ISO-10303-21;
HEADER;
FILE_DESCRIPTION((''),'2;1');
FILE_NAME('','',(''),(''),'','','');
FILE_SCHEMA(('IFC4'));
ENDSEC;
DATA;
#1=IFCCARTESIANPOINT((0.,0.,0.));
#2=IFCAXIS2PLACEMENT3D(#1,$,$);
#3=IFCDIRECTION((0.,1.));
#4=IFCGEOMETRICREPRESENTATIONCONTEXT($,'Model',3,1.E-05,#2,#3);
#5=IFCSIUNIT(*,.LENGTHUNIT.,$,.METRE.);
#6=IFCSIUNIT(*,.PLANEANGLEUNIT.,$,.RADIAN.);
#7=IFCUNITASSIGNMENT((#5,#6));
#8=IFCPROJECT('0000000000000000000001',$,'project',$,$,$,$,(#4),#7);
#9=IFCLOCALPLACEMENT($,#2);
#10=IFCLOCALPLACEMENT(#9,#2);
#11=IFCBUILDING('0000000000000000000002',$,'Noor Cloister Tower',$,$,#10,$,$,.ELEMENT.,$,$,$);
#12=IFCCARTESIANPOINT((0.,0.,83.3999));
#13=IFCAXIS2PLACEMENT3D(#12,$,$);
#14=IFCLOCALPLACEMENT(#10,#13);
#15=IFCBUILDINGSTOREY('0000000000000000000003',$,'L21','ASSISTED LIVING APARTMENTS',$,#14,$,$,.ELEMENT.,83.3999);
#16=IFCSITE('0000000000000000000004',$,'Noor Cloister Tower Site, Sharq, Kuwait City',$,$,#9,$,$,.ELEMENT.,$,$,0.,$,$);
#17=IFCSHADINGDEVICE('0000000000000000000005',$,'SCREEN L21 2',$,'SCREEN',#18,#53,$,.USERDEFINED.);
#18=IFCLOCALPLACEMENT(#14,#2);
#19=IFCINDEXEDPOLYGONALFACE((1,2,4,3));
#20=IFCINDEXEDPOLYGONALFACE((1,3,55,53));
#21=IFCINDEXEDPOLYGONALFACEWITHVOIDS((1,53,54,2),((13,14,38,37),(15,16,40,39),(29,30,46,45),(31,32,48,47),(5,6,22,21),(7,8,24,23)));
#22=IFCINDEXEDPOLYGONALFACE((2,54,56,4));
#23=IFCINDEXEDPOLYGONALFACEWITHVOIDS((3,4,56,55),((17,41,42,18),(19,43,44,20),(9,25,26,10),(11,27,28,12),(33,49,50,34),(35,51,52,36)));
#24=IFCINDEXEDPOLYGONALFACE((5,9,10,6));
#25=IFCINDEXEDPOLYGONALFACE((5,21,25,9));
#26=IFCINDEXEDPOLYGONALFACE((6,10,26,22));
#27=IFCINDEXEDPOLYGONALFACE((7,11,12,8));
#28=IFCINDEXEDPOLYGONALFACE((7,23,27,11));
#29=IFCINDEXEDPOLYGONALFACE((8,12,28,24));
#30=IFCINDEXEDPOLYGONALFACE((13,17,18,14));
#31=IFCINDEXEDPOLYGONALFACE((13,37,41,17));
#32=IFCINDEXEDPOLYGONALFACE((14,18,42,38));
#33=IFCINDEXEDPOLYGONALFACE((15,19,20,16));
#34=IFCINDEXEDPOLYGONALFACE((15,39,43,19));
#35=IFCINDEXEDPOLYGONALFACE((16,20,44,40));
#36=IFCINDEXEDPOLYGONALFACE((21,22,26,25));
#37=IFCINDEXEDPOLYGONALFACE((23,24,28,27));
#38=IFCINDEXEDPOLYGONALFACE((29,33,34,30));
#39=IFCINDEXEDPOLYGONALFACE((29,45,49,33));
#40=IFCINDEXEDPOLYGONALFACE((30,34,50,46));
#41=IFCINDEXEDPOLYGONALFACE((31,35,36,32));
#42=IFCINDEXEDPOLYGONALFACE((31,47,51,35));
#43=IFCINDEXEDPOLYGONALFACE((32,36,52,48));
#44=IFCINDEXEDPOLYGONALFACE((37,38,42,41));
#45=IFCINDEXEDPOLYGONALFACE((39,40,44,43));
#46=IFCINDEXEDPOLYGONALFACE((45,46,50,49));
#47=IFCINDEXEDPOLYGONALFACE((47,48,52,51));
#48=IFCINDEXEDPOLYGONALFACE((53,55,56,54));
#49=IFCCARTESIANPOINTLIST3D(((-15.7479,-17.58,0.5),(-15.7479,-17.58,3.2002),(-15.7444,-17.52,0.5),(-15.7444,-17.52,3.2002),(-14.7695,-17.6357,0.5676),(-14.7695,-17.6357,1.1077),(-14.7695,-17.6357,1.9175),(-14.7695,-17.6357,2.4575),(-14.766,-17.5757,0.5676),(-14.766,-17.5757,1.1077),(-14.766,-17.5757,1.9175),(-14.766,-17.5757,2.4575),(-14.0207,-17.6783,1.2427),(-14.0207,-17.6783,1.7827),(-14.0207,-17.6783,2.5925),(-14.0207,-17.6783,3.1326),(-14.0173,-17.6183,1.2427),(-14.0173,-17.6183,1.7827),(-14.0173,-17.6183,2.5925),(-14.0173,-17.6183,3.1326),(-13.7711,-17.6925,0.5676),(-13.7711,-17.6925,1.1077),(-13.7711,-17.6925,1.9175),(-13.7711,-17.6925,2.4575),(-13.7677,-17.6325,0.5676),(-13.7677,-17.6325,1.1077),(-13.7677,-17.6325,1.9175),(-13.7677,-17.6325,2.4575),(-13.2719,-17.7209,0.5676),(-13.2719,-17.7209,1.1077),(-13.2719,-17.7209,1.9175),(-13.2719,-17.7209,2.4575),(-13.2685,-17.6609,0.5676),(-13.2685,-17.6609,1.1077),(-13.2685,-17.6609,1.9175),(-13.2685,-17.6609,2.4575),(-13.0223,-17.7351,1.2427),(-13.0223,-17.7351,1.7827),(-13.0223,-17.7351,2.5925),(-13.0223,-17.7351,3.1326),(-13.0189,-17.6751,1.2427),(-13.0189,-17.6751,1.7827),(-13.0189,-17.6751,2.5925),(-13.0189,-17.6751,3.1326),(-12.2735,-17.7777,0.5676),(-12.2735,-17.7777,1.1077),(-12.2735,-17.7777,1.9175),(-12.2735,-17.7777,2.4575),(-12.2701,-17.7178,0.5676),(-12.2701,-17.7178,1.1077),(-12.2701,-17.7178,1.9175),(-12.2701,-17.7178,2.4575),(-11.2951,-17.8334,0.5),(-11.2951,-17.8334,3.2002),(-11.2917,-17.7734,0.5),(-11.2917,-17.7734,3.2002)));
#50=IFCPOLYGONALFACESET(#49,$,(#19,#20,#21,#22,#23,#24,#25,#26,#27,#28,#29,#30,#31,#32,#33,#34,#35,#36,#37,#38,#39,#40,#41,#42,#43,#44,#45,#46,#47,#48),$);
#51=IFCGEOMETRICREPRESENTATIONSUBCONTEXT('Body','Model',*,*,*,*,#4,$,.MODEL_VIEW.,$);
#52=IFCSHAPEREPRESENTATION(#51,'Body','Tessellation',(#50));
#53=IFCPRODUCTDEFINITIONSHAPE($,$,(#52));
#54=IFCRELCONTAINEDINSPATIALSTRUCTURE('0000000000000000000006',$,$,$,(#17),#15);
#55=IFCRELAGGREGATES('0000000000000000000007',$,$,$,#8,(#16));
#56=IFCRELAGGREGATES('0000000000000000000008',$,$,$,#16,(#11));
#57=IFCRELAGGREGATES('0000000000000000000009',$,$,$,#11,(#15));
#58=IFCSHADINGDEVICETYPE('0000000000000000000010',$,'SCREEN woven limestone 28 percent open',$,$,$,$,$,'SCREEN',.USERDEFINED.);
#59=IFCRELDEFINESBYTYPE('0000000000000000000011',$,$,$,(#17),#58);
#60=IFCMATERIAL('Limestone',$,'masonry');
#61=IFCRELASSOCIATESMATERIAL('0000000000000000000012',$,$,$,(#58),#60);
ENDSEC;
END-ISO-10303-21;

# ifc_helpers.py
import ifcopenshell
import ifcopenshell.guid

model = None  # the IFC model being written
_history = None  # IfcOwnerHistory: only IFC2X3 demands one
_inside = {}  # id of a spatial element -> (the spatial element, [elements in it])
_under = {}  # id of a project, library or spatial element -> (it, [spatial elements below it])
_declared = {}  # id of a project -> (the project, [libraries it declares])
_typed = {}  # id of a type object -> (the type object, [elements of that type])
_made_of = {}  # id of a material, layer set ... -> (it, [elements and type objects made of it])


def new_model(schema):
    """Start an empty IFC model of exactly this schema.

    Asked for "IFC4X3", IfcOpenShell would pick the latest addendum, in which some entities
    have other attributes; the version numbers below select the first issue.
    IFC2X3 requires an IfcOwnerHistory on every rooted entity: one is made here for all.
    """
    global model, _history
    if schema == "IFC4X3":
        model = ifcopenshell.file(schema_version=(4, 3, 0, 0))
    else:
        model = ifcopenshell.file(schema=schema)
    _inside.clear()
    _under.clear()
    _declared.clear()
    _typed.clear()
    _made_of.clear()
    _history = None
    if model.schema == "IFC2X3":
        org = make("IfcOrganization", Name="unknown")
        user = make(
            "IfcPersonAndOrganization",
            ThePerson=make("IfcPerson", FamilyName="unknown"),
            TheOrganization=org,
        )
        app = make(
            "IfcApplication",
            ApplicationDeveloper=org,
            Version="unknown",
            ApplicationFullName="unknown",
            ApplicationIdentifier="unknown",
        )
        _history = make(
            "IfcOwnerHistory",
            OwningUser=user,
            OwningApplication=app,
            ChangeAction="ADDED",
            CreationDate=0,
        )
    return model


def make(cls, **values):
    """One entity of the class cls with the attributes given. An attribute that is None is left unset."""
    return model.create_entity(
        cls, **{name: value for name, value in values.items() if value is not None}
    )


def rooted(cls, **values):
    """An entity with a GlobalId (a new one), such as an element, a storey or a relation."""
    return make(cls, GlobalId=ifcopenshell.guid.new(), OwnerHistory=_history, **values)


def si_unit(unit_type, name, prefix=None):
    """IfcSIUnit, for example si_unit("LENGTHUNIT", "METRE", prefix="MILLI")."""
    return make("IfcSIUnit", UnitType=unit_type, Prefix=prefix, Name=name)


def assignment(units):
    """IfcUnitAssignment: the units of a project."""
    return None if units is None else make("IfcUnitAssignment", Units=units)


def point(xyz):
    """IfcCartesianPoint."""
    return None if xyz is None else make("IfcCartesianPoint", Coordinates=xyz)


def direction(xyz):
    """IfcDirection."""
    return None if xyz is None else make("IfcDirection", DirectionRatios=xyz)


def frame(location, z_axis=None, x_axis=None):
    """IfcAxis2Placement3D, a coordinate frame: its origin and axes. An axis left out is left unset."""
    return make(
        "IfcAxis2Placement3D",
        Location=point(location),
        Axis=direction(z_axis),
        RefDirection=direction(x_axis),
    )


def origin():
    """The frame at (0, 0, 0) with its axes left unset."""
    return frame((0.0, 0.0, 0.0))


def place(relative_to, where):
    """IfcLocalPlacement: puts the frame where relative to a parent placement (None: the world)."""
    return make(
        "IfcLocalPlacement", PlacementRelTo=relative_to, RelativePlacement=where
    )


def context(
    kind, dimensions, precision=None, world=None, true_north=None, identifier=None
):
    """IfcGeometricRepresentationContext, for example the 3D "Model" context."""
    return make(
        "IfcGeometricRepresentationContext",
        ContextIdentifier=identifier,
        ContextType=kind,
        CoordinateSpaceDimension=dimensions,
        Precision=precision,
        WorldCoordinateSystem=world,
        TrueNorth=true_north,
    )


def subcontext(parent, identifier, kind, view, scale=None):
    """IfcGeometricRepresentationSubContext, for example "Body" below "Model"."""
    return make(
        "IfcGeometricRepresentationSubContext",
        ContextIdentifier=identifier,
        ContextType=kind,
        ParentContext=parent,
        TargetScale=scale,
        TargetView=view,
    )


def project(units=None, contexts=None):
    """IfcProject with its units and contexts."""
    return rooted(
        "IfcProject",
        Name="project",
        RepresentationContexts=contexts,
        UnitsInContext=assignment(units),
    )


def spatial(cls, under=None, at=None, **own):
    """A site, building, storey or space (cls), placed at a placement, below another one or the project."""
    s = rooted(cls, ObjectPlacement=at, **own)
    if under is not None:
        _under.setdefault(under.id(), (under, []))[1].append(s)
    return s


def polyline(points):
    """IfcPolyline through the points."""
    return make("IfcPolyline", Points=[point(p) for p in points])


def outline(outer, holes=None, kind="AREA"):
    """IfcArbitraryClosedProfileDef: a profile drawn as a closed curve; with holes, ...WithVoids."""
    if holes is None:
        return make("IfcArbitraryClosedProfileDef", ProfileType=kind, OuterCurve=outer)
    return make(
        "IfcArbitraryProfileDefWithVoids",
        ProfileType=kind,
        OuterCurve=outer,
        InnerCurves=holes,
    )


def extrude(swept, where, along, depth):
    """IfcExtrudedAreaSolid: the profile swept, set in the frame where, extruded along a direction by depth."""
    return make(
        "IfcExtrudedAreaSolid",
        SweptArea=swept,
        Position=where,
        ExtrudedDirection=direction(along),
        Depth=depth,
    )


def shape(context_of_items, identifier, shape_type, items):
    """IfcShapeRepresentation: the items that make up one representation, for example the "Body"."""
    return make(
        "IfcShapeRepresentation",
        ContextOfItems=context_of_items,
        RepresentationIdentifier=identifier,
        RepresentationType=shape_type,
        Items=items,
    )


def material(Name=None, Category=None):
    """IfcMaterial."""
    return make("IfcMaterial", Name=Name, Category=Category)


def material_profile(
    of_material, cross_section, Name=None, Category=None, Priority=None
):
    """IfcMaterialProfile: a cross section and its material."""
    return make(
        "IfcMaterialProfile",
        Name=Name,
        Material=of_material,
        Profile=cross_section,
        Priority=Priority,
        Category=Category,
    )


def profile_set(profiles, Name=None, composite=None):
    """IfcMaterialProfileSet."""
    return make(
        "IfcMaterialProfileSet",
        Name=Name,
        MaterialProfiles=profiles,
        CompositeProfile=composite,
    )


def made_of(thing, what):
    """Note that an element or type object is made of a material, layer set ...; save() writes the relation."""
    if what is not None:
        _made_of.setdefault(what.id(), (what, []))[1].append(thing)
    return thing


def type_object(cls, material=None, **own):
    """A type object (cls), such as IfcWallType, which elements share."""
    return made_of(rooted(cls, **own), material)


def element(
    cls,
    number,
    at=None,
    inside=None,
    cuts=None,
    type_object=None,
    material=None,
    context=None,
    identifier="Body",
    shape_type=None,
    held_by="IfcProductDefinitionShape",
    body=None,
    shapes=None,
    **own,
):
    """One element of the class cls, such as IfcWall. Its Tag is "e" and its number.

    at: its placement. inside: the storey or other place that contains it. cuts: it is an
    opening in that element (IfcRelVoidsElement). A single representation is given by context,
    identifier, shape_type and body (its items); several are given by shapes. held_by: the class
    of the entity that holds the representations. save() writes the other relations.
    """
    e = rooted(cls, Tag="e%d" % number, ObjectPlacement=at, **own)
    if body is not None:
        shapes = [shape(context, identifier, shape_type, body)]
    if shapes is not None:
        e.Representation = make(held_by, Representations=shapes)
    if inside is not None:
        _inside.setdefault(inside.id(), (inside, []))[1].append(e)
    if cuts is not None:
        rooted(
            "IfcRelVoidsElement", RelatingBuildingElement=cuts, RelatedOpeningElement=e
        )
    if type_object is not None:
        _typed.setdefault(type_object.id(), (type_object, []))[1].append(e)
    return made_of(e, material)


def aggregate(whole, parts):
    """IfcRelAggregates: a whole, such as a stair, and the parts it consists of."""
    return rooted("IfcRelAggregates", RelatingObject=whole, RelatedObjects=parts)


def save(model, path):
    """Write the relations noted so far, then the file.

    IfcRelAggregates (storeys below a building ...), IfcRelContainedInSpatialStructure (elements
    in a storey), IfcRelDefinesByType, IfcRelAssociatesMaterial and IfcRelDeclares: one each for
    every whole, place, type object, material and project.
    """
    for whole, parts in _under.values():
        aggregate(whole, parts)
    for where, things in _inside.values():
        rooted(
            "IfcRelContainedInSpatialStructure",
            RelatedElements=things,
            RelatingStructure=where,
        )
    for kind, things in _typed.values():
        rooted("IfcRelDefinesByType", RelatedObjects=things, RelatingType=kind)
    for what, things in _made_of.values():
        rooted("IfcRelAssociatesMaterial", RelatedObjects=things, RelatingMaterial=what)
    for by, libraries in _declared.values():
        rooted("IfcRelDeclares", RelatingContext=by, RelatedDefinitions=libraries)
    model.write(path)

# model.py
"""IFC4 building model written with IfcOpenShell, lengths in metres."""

from ifc_helpers import new_model, si_unit, direction, frame, origin, place, context, subcontext, project, spatial, polyline, outline, extrude, material, material_profile, profile_set, type_object, element, save


model = new_model("IFC4")

# Units and contexts
model_context = context("Model", 3, precision=1e-05, world=origin(), true_north=direction((0.0, 1.0)))
body_context = subcontext(model_context, "Body", "Model", "MODEL_VIEW")
ifc_project = project(units=[si_unit("LENGTHUNIT", "METRE"), si_unit("PLANEANGLEUNIT", "RADIAN")], contexts=[model_context])

# Site, building, storey
site_placement = place(None, origin())
site = spatial("IfcSite", under=ifc_project, at=site_placement, Name="Noor Cloister Tower Site, Sharq, Kuwait City", CompositionType="ELEMENT", RefElevation=0.0)
building_placement = place(site_placement, origin())
building = spatial("IfcBuilding", under=site, at=building_placement, Name="Noor Cloister Tower", CompositionType="ELEMENT")
storey_placement = place(building_placement, frame((0.0, 0.0, 83.3999)))
storey = spatial("IfcBuildingStorey", under=building, at=storey_placement, Name="L21", Description="ASSISTED LIVING APARTMENTS", CompositionType="ELEMENT", Elevation=83.3999)

# Shading device
ifc_material_1 = material(Name="Limestone", Category="masonry")
ifc_material_profile_1 = material_profile(ifc_material_1, outline(polyline([(-2.23, -1.3501), (2.23, -1.3501), (2.23, 1.3501), (-2.23, 1.3501), (-2.23, -1.3501)]), holes=[polyline([(-1.25, -1.2825), (-0.25, -1.2825), (-0.25, -0.7424), (-1.25, -0.7424), (-1.25, -1.2825)]), polyline([(0.25, -1.2825), (1.25, -1.2825), (1.25, -0.7424), (0.25, -0.7424), (0.25, -1.2825)]), polyline([(-0.5, -0.6074), (0.5, -0.6074), (0.5, -0.0674), (-0.5, -0.0674), (-0.5, -0.6074)]), polyline([(-1.25, 0.0674), (-0.25, 0.0674), (-0.25, 0.6074), (-1.25, 0.6074), (-1.25, 0.0674)]), polyline([(0.25, 0.0674), (1.25, 0.0674), (1.25, 0.6074), (0.25, 0.6074), (0.25, 0.0674)]), polyline([(-0.5, 0.7424), (0.5, 0.7424), (0.5, 1.2825), (-0.5, 1.2825), (-0.5, 0.7424)])]), Name="Woven screen 28 percent open")
ifc_profile_set_1 = profile_set([ifc_material_profile_1], Name="Limestone")
shading_device_type = type_object("IfcShadingDeviceType", Name="SCREEN woven limestone 28 percent open", ElementType="SCREEN", PredefinedType="USERDEFINED", material=ifc_profile_set_1)
for number, where, z_axis, x_axis, name in (
    (1, (-13.5181, -17.6467, 1.8501), (-0.056819, -0.998385, 0.0), (0.998385, -0.056819, 0.0), "SCREEN L21 2"),
):
    element("IfcShadingDevice", number, at=place(storey_placement, frame(where, z_axis=z_axis, x_axis=x_axis)), inside=storey, type_object=shading_device_type, Name=name, ObjectType="SCREEN", PredefinedType="USERDEFINED", context=body_context, shape_type="SweptSolid", body=[
        extrude(outline(polyline([(-2.23, -1.3501), (2.23, -1.3501), (2.23, 1.3501), (-2.23, 1.3501), (-2.23, -1.3501)]), holes=[polyline([(-1.25, -1.2825), (-0.25, -1.2825), (-0.25, -0.7424), (-1.25, -0.7424), (-1.25, -1.2825)]), polyline([(0.25, -1.2825), (1.25, -1.2825), (1.25, -0.7424), (0.25, -0.7424), (0.25, -1.2825)]), polyline([(-0.5, -0.6074), (0.5, -0.6074), (0.5, -0.0674), (-0.5, -0.0674), (-0.5, -0.6074)]), polyline([(-1.25, 0.0674), (-0.25, 0.0674), (-0.25, 0.6074), (-1.25, 0.6074), (-1.25, 0.0674)]), polyline([(0.25, 0.0674), (1.25, 0.0674), (1.25, 0.6074), (0.25, 0.6074), (0.25, 0.0674)]), polyline([(-0.5, 0.7424), (0.5, 0.7424), (0.5, 1.2825), (-0.5, 1.2825), (-0.5, 0.7424)])]), origin(), (0.0, 0.0, 1.0), 0.0601),
    ])

save(model, "model.ifc")
